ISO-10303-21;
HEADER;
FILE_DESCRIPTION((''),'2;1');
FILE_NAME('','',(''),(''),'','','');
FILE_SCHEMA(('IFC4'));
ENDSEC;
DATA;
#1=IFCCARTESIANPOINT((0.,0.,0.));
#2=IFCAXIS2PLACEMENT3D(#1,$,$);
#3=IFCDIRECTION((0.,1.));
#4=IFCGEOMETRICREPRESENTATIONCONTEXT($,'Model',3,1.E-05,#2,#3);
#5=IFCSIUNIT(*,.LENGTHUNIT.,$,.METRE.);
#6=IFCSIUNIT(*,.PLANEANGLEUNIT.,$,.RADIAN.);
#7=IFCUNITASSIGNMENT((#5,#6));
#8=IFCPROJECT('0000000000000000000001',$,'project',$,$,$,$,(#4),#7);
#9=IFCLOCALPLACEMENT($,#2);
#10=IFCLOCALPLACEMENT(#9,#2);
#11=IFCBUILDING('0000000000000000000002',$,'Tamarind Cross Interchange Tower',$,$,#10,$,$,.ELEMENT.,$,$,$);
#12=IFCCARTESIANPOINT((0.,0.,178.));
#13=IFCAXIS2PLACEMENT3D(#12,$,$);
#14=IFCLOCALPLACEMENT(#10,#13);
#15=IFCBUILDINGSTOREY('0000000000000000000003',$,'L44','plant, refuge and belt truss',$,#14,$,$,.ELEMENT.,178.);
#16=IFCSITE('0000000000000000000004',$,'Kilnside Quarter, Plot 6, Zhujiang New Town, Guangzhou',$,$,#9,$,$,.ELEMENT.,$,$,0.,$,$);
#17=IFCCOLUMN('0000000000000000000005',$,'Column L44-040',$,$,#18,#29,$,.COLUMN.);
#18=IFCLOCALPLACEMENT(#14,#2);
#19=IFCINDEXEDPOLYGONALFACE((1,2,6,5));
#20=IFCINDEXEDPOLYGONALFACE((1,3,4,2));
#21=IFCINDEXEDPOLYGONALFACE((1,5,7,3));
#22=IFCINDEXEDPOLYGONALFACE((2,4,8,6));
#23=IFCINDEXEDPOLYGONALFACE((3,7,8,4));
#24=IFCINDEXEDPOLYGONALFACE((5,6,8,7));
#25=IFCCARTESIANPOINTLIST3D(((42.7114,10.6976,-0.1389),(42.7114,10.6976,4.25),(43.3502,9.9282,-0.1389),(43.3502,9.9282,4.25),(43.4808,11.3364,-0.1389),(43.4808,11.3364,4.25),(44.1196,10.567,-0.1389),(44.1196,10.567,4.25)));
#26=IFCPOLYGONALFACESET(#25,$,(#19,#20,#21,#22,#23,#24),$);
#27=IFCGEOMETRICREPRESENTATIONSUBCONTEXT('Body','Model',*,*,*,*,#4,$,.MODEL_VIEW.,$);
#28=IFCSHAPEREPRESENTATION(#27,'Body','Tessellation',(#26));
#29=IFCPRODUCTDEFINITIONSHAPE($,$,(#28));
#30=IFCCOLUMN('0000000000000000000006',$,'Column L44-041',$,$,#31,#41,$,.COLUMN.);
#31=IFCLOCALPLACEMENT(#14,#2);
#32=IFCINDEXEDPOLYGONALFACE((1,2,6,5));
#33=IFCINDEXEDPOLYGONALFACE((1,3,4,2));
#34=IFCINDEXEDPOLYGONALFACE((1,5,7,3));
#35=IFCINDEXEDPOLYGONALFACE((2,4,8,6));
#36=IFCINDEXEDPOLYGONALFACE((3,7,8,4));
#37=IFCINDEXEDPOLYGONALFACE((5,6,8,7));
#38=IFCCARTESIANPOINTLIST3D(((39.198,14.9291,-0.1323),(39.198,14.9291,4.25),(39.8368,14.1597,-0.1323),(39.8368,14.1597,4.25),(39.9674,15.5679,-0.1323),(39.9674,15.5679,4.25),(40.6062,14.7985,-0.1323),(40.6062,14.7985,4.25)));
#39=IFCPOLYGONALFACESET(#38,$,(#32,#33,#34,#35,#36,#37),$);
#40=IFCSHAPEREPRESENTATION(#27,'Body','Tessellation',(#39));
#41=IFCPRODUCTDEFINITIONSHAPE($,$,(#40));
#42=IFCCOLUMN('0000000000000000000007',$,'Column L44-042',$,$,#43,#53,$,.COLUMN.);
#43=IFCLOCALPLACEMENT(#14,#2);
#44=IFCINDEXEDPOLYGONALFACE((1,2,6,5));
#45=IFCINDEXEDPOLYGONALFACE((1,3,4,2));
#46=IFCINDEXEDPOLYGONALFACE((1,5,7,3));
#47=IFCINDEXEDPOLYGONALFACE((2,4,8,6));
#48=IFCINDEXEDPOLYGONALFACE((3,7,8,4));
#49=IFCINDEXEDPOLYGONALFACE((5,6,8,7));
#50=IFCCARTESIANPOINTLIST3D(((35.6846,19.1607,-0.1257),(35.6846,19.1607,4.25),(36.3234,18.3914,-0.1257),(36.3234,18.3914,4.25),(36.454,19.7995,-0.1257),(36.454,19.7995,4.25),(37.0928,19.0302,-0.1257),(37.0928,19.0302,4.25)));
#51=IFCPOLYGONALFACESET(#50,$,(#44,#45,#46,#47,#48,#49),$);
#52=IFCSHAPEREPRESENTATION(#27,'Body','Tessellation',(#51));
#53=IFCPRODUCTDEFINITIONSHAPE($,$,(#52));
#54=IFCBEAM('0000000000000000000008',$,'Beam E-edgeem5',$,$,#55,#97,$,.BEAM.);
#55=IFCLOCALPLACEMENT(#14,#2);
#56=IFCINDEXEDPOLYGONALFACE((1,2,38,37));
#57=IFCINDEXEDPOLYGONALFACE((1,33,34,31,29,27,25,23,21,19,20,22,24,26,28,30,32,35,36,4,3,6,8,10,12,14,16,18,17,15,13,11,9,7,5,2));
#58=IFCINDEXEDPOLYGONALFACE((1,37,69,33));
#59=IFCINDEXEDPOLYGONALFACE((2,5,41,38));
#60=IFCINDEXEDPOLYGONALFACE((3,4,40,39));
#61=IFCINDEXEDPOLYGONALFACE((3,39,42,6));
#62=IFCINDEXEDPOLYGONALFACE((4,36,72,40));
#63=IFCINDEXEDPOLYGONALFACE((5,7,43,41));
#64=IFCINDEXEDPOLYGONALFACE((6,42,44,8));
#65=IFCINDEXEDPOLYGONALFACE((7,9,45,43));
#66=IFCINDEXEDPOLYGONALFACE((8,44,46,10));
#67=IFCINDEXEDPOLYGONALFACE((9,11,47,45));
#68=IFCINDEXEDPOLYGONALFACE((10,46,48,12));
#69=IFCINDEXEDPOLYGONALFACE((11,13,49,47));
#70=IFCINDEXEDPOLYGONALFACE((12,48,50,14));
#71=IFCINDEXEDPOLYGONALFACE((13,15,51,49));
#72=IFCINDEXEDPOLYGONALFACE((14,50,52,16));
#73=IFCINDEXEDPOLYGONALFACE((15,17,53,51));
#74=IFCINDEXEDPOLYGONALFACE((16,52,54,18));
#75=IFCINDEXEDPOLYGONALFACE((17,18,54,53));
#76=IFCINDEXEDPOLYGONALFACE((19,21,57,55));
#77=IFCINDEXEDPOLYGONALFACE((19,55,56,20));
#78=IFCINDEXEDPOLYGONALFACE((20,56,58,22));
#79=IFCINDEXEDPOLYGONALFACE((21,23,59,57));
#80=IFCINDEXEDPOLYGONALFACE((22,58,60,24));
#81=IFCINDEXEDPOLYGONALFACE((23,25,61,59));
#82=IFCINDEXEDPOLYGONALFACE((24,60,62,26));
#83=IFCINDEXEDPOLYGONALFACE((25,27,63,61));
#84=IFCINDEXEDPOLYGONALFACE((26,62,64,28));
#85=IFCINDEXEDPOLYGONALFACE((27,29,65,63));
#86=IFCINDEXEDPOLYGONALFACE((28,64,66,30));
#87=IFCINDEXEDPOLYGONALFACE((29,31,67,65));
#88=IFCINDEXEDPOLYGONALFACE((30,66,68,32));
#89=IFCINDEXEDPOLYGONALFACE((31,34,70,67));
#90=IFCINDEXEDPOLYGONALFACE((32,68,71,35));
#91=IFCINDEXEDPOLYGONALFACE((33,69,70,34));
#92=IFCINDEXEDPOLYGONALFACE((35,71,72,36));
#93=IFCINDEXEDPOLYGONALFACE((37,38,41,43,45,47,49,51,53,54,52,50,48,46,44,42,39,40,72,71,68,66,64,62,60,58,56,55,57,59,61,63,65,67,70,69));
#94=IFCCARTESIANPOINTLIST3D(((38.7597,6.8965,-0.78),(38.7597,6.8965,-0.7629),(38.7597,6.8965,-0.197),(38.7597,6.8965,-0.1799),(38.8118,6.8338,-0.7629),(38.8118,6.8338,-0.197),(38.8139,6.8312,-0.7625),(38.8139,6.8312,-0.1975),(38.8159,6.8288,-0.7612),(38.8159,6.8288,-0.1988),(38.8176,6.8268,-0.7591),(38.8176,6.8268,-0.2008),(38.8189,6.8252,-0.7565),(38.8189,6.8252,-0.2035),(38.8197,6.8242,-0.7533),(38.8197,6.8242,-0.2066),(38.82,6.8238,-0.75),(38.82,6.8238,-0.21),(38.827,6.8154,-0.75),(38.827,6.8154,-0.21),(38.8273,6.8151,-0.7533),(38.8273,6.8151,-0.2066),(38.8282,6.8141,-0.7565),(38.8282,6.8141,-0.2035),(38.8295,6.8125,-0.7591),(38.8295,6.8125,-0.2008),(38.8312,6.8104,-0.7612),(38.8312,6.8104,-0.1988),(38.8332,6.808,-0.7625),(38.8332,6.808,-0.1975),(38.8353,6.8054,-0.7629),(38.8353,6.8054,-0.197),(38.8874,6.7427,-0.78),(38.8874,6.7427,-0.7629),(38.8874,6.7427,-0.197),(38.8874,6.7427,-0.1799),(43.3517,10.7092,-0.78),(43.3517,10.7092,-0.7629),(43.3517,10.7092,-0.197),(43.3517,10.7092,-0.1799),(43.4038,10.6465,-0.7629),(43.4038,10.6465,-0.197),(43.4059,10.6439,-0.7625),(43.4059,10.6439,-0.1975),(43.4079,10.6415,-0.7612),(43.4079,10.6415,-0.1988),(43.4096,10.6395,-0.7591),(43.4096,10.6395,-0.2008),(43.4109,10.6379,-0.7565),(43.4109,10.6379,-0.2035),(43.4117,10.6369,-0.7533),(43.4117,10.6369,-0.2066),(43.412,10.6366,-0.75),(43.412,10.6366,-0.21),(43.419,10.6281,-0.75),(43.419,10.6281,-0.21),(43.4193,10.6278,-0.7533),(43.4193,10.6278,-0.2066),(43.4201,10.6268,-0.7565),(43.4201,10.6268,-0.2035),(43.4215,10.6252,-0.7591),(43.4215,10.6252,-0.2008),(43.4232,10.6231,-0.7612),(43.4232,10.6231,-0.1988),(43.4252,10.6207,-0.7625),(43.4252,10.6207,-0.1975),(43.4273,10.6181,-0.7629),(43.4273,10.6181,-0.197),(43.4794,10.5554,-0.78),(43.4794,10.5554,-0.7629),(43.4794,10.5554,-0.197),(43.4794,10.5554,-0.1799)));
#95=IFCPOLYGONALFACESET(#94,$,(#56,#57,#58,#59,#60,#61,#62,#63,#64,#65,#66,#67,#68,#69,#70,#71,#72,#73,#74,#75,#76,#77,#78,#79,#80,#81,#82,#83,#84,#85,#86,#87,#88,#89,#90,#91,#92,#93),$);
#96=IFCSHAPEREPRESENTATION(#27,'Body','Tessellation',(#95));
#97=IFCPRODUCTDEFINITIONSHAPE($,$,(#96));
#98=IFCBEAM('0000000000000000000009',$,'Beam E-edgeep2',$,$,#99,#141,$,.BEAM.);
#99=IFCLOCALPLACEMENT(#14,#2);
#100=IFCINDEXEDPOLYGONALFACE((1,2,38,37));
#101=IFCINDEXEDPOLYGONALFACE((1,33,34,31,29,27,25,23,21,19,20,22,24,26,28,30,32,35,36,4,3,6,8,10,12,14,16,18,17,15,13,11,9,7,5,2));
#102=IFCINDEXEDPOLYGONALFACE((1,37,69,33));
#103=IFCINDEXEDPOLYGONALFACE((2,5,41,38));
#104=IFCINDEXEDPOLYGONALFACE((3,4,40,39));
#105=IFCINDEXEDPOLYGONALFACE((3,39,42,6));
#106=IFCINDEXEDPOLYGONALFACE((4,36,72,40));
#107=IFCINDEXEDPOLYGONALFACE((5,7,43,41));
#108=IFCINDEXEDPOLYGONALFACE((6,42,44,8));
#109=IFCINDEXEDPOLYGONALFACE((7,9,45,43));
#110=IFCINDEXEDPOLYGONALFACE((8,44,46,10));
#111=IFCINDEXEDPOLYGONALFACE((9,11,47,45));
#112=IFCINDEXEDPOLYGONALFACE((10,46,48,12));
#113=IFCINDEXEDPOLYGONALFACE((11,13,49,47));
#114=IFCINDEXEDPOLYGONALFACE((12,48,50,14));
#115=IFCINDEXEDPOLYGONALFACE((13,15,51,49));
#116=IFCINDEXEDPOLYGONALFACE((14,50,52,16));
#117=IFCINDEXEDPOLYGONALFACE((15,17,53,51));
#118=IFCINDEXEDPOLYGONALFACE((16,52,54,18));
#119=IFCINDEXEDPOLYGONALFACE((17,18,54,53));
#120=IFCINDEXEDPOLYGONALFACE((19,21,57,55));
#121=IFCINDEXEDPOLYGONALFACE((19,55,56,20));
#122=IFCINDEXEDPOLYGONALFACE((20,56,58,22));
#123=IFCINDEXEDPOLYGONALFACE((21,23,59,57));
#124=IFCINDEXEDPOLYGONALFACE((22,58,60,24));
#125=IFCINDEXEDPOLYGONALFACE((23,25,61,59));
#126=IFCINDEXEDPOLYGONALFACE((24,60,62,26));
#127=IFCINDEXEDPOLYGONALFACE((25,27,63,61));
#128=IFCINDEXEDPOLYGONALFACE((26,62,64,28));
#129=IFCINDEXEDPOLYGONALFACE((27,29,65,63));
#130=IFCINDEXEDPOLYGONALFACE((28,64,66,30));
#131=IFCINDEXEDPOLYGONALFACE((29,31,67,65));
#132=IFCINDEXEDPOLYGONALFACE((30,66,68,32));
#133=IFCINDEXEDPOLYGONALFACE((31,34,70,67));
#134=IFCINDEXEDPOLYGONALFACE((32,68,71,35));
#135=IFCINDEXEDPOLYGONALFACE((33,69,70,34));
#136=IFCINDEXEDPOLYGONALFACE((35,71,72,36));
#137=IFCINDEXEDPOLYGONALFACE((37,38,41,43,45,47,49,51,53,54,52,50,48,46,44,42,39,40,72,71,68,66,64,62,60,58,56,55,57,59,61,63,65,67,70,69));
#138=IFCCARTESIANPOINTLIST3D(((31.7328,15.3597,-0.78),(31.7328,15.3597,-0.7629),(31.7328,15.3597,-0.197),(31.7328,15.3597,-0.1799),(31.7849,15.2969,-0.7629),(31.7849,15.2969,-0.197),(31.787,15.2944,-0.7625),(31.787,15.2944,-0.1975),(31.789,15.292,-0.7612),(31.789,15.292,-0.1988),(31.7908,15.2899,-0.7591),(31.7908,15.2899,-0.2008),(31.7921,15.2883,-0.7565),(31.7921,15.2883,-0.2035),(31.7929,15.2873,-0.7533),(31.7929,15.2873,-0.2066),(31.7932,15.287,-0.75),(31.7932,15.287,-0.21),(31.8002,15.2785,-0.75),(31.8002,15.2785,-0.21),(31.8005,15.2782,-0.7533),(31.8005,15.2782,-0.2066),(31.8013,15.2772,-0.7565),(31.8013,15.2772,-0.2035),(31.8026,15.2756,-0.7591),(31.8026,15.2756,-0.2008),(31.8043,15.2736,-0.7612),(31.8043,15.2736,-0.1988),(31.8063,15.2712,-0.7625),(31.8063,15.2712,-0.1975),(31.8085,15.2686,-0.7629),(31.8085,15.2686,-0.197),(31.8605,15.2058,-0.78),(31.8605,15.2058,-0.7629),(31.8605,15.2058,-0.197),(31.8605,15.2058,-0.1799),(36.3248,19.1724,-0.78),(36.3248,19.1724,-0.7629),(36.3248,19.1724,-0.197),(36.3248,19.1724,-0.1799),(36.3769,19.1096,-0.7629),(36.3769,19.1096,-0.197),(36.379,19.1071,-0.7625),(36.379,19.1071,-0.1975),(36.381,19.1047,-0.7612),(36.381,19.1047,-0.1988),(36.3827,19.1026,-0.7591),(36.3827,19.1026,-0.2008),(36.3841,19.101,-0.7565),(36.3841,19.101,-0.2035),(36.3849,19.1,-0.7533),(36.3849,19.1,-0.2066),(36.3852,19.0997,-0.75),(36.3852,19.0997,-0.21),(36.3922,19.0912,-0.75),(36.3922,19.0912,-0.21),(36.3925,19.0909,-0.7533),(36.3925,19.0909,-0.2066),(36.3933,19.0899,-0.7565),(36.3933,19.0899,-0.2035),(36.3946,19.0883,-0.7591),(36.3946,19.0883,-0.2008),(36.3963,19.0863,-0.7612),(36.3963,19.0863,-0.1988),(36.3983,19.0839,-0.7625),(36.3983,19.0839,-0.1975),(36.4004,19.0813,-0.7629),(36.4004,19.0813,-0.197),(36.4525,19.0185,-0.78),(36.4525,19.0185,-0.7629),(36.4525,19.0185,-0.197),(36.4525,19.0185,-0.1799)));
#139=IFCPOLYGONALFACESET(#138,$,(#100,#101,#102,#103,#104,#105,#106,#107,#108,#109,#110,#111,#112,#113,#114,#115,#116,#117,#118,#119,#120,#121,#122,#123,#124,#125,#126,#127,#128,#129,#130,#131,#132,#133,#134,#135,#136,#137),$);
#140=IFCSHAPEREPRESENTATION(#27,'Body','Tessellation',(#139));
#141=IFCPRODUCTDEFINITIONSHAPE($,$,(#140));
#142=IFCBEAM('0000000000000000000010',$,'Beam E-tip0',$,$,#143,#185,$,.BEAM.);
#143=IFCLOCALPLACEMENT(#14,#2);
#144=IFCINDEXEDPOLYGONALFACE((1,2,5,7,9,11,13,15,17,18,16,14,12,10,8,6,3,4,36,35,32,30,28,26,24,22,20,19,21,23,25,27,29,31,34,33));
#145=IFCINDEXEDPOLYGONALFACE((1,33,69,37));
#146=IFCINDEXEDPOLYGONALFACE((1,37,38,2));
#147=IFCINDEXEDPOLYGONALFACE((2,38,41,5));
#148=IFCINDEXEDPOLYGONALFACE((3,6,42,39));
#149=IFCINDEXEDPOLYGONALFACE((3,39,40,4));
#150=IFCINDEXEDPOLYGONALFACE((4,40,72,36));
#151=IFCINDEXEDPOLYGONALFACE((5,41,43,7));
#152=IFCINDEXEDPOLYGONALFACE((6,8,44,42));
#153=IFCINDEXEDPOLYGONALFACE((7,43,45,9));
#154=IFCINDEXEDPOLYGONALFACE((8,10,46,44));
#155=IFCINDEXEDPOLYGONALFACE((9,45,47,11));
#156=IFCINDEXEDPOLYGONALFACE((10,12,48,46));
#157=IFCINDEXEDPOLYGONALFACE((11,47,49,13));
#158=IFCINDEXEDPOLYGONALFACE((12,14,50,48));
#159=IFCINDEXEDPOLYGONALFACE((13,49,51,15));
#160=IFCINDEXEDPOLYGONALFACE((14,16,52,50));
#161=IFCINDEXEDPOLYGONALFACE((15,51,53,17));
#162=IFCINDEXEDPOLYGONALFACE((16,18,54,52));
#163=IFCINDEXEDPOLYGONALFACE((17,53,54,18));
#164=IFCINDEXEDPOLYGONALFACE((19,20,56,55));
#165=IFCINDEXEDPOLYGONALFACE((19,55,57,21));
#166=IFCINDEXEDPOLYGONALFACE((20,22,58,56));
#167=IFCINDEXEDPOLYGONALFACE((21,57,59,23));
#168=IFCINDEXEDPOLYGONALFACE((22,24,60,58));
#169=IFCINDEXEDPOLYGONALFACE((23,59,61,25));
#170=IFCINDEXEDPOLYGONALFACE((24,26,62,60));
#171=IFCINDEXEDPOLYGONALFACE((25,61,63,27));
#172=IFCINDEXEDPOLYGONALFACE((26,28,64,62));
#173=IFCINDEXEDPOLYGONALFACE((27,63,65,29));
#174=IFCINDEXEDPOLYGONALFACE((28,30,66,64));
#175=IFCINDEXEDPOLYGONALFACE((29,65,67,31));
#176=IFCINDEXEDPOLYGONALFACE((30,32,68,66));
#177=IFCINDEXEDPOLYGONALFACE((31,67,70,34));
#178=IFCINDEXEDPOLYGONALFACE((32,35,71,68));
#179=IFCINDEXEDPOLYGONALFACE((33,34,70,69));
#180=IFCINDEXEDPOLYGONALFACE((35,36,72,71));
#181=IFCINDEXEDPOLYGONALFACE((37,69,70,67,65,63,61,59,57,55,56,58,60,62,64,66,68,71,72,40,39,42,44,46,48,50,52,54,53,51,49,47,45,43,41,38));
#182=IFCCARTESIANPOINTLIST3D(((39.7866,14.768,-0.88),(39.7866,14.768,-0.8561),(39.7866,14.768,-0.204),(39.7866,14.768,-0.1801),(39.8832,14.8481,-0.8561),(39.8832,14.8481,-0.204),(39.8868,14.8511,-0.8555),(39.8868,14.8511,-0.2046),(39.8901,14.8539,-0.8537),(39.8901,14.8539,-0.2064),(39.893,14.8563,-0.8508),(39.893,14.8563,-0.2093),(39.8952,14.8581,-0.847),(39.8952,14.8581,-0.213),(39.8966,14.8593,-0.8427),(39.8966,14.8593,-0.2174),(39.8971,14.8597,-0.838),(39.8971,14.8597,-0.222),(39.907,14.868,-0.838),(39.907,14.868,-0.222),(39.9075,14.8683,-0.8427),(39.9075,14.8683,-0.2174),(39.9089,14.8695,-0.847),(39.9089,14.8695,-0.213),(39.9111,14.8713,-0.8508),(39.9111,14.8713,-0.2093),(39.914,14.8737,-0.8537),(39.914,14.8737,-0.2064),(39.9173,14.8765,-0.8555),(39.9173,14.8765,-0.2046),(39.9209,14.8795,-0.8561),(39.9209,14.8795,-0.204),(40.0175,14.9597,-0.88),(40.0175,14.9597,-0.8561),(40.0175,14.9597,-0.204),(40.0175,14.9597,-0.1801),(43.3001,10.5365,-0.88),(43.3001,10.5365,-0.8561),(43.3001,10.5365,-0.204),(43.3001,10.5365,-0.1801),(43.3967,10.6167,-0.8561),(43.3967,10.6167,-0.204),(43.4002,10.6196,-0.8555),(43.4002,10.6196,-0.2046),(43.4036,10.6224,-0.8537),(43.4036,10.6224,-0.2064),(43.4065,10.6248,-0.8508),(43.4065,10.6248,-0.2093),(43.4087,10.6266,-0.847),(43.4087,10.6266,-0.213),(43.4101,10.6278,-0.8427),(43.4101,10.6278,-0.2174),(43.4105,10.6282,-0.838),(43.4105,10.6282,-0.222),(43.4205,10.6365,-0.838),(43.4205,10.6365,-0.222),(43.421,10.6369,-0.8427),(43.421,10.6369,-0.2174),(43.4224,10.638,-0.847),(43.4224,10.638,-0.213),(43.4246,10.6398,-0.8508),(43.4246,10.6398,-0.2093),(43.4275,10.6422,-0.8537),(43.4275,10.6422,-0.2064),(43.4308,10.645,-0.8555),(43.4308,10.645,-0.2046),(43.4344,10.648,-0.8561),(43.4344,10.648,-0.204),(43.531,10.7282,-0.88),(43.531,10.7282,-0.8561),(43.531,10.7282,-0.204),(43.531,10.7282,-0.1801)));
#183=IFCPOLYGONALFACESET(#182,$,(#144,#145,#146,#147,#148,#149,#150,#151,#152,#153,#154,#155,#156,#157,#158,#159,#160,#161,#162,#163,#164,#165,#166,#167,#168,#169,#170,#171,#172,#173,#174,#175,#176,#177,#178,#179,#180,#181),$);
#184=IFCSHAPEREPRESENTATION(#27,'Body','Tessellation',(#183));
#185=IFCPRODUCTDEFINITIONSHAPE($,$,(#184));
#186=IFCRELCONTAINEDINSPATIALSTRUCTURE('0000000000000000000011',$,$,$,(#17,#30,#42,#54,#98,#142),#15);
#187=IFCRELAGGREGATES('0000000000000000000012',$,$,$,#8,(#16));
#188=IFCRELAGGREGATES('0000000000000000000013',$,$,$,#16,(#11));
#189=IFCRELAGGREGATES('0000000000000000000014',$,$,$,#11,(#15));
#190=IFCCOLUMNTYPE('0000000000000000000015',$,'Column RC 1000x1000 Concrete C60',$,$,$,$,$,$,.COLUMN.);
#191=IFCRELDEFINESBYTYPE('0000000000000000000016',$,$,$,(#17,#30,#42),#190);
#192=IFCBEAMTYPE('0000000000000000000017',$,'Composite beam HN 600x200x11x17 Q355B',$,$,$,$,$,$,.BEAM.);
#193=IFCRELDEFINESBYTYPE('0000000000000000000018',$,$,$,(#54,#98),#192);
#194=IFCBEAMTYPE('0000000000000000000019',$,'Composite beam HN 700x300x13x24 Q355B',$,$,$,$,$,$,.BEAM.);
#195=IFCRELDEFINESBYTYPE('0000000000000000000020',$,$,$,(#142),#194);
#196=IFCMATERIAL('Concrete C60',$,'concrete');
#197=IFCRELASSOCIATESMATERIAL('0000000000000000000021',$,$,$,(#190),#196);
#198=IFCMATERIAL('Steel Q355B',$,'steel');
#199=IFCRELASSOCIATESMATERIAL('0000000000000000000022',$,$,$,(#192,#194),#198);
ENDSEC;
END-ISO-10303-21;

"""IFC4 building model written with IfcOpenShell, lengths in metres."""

from ifc_helpers import new_model, si_unit, direction, frame, origin, origin_2d, place, context, subcontext, project, spatial, rectangle, i_section, extrude, material, material_profile, profile_set, type_object, element, save


model = new_model("IFC4")

# Units and contexts
model_context = context("Model", 3, precision=1e-05, world=origin(), true_north=direction((0.0, 1.0)))
body_context = subcontext(model_context, "Body", "Model", "MODEL_VIEW")
ifc_project = project(units=[si_unit("LENGTHUNIT", "METRE"), si_unit("PLANEANGLEUNIT", "RADIAN")], contexts=[model_context])

# Site, building, storey
site_placement = place(None, origin())
site = spatial("IfcSite", under=ifc_project, at=site_placement, Name="Kilnside Quarter, Plot 6, Zhujiang New Town, Guangzhou", CompositionType="ELEMENT", RefElevation=0.0)
building_placement = place(site_placement, origin())
building = spatial("IfcBuilding", under=site, at=building_placement, Name="Tamarind Cross Interchange Tower", CompositionType="ELEMENT")
storey_placement = place(building_placement, frame((0.0, 0.0, 178.0)))
storey = spatial("IfcBuildingStorey", under=building, at=storey_placement, Name="L44", Description="plant, refuge and belt truss", CompositionType="ELEMENT", Elevation=178.0)

# Columns
ifc_material_1 = material(Name="Concrete C60", Category="concrete")
ifc_material_profile_1 = material_profile(ifc_material_1, rectangle(XDim=1.0, YDim=1.0, at=origin_2d()), Name="RC 1000x1000")
ifc_profile_set_1 = profile_set([ifc_material_profile_1], Name="Concrete C60")
column_type = type_object("IfcColumnType", Name="Column RC 1000x1000 Concrete C60", PredefinedType="COLUMN", material=ifc_profile_set_1)
column_1_placement = place(storey_placement, frame((43.4155, 10.6323, -0.1389), z_axis=(0.0, 0.0, 1.0), x_axis=(0.769373, 0.6388, 0.0)))
element("IfcColumn", 1, at=column_1_placement, inside=storey, type_object=column_type, Name="Column L44-040", PredefinedType="COLUMN", context=body_context, shape_type="SweptSolid", body=[
    extrude(rectangle(XDim=1.0, YDim=1.0, at=origin_2d()), origin(), (0.0, 0.0, 1.0), 4.3889),
])
column_2_placement = place(storey_placement, frame((39.9021, 14.8638, -0.1323), z_axis=(0.0, 0.0, 1.0), x_axis=(0.769373, 0.6388, 0.0)))
element("IfcColumn", 2, at=column_2_placement, inside=storey, type_object=column_type, Name="Column L44-041", PredefinedType="COLUMN", context=body_context, shape_type="SweptSolid", body=[
    extrude(rectangle(XDim=1.0, YDim=1.0, at=origin_2d()), origin(), (0.0, 0.0, 1.0), 4.3823),
])
column_3_placement = place(storey_placement, frame((36.3887, 19.0955, -0.1257), z_axis=(0.0, 0.0, 1.0), x_axis=(0.769373, 0.6388, 0.0)))
element("IfcColumn", 3, at=column_3_placement, inside=storey, type_object=column_type, Name="Column L44-042", PredefinedType="COLUMN", context=body_context, shape_type="SweptSolid", body=[
    extrude(rectangle(XDim=1.0, YDim=1.0, at=origin_2d()), origin(), (0.0, 0.0, 1.0), 4.3757),
])

# Beams
ifc_material_2 = material(Name="Steel Q355B", Category="steel")
ifc_material_profile_2 = material_profile(ifc_material_2, i_section(OverallWidth=0.2, OverallDepth=0.6001, WebThickness=0.011, FlangeThickness=0.0171, FilletRadius=0.0129, at=origin_2d()), Name="HN 600x200x11x17")
ifc_profile_set_2 = profile_set([ifc_material_profile_2], Name="Steel Q355B")
beam_type_1 = type_object("IfcBeamType", Name="Composite beam HN 600x200x11x17 Q355B", PredefinedType="BEAM", material=ifc_profile_set_2)
for number, where, z_axis, x_axis, name in (
    (4, (43.4155, 10.6323, -0.48), (-0.76937, -0.638803, 0.0), (0.638803, -0.76937, 0.0), "Beam E-edgeem5"),
    (5, (36.3887, 19.0955, -0.48), (-0.76937, -0.638803, 0.0), (0.638803, -0.76937, 0.0), "Beam E-edgeep2"),
):
    element("IfcBeam", number, at=place(storey_placement, frame(where, z_axis=z_axis, x_axis=x_axis)), inside=storey, type_object=beam_type_1, Name=name, PredefinedType="BEAM", context=body_context, shape_type="SweptSolid", body=[
        extrude(i_section(OverallWidth=0.2, OverallDepth=0.6001, WebThickness=0.011, FlangeThickness=0.0171, FilletRadius=0.0129, at=origin_2d()), origin(), (0.0, 0.0, 1.0), 5.9685),
    ])
ifc_material_profile_3 = material_profile(ifc_material_2, i_section(OverallWidth=0.3, OverallDepth=0.7, WebThickness=0.0129, FlangeThickness=0.0239, FilletRadius=0.0181, at=origin_2d()), Name="HN 700x300x13x24")
ifc_profile_set_3 = profile_set([ifc_material_profile_3], Name="Steel Q355B")
beam_type_2 = type_object("IfcBeamType", Name="Composite beam HN 700x300x13x24 Q355B", PredefinedType="BEAM", material=ifc_profile_set_3)
beam_1_placement = place(storey_placement, frame((43.4155, 10.6323, -0.53), z_axis=(-0.638812, 0.769363, 0.0), x_axis=(-0.769363, -0.638812, 0.0)))
element("IfcBeam", 6, at=beam_1_placement, inside=storey, type_object=beam_type_2, Name="Beam E-tip0", PredefinedType="BEAM", context=body_context, shape_type="SweptSolid", body=[
    extrude(i_section(OverallWidth=0.3, OverallDepth=0.7, WebThickness=0.0129, FlangeThickness=0.0239, FilletRadius=0.0181, at=origin_2d()), origin(), (0.0, 0.0, 1.0), 5.5),
])

save(model, "model.ifc")
